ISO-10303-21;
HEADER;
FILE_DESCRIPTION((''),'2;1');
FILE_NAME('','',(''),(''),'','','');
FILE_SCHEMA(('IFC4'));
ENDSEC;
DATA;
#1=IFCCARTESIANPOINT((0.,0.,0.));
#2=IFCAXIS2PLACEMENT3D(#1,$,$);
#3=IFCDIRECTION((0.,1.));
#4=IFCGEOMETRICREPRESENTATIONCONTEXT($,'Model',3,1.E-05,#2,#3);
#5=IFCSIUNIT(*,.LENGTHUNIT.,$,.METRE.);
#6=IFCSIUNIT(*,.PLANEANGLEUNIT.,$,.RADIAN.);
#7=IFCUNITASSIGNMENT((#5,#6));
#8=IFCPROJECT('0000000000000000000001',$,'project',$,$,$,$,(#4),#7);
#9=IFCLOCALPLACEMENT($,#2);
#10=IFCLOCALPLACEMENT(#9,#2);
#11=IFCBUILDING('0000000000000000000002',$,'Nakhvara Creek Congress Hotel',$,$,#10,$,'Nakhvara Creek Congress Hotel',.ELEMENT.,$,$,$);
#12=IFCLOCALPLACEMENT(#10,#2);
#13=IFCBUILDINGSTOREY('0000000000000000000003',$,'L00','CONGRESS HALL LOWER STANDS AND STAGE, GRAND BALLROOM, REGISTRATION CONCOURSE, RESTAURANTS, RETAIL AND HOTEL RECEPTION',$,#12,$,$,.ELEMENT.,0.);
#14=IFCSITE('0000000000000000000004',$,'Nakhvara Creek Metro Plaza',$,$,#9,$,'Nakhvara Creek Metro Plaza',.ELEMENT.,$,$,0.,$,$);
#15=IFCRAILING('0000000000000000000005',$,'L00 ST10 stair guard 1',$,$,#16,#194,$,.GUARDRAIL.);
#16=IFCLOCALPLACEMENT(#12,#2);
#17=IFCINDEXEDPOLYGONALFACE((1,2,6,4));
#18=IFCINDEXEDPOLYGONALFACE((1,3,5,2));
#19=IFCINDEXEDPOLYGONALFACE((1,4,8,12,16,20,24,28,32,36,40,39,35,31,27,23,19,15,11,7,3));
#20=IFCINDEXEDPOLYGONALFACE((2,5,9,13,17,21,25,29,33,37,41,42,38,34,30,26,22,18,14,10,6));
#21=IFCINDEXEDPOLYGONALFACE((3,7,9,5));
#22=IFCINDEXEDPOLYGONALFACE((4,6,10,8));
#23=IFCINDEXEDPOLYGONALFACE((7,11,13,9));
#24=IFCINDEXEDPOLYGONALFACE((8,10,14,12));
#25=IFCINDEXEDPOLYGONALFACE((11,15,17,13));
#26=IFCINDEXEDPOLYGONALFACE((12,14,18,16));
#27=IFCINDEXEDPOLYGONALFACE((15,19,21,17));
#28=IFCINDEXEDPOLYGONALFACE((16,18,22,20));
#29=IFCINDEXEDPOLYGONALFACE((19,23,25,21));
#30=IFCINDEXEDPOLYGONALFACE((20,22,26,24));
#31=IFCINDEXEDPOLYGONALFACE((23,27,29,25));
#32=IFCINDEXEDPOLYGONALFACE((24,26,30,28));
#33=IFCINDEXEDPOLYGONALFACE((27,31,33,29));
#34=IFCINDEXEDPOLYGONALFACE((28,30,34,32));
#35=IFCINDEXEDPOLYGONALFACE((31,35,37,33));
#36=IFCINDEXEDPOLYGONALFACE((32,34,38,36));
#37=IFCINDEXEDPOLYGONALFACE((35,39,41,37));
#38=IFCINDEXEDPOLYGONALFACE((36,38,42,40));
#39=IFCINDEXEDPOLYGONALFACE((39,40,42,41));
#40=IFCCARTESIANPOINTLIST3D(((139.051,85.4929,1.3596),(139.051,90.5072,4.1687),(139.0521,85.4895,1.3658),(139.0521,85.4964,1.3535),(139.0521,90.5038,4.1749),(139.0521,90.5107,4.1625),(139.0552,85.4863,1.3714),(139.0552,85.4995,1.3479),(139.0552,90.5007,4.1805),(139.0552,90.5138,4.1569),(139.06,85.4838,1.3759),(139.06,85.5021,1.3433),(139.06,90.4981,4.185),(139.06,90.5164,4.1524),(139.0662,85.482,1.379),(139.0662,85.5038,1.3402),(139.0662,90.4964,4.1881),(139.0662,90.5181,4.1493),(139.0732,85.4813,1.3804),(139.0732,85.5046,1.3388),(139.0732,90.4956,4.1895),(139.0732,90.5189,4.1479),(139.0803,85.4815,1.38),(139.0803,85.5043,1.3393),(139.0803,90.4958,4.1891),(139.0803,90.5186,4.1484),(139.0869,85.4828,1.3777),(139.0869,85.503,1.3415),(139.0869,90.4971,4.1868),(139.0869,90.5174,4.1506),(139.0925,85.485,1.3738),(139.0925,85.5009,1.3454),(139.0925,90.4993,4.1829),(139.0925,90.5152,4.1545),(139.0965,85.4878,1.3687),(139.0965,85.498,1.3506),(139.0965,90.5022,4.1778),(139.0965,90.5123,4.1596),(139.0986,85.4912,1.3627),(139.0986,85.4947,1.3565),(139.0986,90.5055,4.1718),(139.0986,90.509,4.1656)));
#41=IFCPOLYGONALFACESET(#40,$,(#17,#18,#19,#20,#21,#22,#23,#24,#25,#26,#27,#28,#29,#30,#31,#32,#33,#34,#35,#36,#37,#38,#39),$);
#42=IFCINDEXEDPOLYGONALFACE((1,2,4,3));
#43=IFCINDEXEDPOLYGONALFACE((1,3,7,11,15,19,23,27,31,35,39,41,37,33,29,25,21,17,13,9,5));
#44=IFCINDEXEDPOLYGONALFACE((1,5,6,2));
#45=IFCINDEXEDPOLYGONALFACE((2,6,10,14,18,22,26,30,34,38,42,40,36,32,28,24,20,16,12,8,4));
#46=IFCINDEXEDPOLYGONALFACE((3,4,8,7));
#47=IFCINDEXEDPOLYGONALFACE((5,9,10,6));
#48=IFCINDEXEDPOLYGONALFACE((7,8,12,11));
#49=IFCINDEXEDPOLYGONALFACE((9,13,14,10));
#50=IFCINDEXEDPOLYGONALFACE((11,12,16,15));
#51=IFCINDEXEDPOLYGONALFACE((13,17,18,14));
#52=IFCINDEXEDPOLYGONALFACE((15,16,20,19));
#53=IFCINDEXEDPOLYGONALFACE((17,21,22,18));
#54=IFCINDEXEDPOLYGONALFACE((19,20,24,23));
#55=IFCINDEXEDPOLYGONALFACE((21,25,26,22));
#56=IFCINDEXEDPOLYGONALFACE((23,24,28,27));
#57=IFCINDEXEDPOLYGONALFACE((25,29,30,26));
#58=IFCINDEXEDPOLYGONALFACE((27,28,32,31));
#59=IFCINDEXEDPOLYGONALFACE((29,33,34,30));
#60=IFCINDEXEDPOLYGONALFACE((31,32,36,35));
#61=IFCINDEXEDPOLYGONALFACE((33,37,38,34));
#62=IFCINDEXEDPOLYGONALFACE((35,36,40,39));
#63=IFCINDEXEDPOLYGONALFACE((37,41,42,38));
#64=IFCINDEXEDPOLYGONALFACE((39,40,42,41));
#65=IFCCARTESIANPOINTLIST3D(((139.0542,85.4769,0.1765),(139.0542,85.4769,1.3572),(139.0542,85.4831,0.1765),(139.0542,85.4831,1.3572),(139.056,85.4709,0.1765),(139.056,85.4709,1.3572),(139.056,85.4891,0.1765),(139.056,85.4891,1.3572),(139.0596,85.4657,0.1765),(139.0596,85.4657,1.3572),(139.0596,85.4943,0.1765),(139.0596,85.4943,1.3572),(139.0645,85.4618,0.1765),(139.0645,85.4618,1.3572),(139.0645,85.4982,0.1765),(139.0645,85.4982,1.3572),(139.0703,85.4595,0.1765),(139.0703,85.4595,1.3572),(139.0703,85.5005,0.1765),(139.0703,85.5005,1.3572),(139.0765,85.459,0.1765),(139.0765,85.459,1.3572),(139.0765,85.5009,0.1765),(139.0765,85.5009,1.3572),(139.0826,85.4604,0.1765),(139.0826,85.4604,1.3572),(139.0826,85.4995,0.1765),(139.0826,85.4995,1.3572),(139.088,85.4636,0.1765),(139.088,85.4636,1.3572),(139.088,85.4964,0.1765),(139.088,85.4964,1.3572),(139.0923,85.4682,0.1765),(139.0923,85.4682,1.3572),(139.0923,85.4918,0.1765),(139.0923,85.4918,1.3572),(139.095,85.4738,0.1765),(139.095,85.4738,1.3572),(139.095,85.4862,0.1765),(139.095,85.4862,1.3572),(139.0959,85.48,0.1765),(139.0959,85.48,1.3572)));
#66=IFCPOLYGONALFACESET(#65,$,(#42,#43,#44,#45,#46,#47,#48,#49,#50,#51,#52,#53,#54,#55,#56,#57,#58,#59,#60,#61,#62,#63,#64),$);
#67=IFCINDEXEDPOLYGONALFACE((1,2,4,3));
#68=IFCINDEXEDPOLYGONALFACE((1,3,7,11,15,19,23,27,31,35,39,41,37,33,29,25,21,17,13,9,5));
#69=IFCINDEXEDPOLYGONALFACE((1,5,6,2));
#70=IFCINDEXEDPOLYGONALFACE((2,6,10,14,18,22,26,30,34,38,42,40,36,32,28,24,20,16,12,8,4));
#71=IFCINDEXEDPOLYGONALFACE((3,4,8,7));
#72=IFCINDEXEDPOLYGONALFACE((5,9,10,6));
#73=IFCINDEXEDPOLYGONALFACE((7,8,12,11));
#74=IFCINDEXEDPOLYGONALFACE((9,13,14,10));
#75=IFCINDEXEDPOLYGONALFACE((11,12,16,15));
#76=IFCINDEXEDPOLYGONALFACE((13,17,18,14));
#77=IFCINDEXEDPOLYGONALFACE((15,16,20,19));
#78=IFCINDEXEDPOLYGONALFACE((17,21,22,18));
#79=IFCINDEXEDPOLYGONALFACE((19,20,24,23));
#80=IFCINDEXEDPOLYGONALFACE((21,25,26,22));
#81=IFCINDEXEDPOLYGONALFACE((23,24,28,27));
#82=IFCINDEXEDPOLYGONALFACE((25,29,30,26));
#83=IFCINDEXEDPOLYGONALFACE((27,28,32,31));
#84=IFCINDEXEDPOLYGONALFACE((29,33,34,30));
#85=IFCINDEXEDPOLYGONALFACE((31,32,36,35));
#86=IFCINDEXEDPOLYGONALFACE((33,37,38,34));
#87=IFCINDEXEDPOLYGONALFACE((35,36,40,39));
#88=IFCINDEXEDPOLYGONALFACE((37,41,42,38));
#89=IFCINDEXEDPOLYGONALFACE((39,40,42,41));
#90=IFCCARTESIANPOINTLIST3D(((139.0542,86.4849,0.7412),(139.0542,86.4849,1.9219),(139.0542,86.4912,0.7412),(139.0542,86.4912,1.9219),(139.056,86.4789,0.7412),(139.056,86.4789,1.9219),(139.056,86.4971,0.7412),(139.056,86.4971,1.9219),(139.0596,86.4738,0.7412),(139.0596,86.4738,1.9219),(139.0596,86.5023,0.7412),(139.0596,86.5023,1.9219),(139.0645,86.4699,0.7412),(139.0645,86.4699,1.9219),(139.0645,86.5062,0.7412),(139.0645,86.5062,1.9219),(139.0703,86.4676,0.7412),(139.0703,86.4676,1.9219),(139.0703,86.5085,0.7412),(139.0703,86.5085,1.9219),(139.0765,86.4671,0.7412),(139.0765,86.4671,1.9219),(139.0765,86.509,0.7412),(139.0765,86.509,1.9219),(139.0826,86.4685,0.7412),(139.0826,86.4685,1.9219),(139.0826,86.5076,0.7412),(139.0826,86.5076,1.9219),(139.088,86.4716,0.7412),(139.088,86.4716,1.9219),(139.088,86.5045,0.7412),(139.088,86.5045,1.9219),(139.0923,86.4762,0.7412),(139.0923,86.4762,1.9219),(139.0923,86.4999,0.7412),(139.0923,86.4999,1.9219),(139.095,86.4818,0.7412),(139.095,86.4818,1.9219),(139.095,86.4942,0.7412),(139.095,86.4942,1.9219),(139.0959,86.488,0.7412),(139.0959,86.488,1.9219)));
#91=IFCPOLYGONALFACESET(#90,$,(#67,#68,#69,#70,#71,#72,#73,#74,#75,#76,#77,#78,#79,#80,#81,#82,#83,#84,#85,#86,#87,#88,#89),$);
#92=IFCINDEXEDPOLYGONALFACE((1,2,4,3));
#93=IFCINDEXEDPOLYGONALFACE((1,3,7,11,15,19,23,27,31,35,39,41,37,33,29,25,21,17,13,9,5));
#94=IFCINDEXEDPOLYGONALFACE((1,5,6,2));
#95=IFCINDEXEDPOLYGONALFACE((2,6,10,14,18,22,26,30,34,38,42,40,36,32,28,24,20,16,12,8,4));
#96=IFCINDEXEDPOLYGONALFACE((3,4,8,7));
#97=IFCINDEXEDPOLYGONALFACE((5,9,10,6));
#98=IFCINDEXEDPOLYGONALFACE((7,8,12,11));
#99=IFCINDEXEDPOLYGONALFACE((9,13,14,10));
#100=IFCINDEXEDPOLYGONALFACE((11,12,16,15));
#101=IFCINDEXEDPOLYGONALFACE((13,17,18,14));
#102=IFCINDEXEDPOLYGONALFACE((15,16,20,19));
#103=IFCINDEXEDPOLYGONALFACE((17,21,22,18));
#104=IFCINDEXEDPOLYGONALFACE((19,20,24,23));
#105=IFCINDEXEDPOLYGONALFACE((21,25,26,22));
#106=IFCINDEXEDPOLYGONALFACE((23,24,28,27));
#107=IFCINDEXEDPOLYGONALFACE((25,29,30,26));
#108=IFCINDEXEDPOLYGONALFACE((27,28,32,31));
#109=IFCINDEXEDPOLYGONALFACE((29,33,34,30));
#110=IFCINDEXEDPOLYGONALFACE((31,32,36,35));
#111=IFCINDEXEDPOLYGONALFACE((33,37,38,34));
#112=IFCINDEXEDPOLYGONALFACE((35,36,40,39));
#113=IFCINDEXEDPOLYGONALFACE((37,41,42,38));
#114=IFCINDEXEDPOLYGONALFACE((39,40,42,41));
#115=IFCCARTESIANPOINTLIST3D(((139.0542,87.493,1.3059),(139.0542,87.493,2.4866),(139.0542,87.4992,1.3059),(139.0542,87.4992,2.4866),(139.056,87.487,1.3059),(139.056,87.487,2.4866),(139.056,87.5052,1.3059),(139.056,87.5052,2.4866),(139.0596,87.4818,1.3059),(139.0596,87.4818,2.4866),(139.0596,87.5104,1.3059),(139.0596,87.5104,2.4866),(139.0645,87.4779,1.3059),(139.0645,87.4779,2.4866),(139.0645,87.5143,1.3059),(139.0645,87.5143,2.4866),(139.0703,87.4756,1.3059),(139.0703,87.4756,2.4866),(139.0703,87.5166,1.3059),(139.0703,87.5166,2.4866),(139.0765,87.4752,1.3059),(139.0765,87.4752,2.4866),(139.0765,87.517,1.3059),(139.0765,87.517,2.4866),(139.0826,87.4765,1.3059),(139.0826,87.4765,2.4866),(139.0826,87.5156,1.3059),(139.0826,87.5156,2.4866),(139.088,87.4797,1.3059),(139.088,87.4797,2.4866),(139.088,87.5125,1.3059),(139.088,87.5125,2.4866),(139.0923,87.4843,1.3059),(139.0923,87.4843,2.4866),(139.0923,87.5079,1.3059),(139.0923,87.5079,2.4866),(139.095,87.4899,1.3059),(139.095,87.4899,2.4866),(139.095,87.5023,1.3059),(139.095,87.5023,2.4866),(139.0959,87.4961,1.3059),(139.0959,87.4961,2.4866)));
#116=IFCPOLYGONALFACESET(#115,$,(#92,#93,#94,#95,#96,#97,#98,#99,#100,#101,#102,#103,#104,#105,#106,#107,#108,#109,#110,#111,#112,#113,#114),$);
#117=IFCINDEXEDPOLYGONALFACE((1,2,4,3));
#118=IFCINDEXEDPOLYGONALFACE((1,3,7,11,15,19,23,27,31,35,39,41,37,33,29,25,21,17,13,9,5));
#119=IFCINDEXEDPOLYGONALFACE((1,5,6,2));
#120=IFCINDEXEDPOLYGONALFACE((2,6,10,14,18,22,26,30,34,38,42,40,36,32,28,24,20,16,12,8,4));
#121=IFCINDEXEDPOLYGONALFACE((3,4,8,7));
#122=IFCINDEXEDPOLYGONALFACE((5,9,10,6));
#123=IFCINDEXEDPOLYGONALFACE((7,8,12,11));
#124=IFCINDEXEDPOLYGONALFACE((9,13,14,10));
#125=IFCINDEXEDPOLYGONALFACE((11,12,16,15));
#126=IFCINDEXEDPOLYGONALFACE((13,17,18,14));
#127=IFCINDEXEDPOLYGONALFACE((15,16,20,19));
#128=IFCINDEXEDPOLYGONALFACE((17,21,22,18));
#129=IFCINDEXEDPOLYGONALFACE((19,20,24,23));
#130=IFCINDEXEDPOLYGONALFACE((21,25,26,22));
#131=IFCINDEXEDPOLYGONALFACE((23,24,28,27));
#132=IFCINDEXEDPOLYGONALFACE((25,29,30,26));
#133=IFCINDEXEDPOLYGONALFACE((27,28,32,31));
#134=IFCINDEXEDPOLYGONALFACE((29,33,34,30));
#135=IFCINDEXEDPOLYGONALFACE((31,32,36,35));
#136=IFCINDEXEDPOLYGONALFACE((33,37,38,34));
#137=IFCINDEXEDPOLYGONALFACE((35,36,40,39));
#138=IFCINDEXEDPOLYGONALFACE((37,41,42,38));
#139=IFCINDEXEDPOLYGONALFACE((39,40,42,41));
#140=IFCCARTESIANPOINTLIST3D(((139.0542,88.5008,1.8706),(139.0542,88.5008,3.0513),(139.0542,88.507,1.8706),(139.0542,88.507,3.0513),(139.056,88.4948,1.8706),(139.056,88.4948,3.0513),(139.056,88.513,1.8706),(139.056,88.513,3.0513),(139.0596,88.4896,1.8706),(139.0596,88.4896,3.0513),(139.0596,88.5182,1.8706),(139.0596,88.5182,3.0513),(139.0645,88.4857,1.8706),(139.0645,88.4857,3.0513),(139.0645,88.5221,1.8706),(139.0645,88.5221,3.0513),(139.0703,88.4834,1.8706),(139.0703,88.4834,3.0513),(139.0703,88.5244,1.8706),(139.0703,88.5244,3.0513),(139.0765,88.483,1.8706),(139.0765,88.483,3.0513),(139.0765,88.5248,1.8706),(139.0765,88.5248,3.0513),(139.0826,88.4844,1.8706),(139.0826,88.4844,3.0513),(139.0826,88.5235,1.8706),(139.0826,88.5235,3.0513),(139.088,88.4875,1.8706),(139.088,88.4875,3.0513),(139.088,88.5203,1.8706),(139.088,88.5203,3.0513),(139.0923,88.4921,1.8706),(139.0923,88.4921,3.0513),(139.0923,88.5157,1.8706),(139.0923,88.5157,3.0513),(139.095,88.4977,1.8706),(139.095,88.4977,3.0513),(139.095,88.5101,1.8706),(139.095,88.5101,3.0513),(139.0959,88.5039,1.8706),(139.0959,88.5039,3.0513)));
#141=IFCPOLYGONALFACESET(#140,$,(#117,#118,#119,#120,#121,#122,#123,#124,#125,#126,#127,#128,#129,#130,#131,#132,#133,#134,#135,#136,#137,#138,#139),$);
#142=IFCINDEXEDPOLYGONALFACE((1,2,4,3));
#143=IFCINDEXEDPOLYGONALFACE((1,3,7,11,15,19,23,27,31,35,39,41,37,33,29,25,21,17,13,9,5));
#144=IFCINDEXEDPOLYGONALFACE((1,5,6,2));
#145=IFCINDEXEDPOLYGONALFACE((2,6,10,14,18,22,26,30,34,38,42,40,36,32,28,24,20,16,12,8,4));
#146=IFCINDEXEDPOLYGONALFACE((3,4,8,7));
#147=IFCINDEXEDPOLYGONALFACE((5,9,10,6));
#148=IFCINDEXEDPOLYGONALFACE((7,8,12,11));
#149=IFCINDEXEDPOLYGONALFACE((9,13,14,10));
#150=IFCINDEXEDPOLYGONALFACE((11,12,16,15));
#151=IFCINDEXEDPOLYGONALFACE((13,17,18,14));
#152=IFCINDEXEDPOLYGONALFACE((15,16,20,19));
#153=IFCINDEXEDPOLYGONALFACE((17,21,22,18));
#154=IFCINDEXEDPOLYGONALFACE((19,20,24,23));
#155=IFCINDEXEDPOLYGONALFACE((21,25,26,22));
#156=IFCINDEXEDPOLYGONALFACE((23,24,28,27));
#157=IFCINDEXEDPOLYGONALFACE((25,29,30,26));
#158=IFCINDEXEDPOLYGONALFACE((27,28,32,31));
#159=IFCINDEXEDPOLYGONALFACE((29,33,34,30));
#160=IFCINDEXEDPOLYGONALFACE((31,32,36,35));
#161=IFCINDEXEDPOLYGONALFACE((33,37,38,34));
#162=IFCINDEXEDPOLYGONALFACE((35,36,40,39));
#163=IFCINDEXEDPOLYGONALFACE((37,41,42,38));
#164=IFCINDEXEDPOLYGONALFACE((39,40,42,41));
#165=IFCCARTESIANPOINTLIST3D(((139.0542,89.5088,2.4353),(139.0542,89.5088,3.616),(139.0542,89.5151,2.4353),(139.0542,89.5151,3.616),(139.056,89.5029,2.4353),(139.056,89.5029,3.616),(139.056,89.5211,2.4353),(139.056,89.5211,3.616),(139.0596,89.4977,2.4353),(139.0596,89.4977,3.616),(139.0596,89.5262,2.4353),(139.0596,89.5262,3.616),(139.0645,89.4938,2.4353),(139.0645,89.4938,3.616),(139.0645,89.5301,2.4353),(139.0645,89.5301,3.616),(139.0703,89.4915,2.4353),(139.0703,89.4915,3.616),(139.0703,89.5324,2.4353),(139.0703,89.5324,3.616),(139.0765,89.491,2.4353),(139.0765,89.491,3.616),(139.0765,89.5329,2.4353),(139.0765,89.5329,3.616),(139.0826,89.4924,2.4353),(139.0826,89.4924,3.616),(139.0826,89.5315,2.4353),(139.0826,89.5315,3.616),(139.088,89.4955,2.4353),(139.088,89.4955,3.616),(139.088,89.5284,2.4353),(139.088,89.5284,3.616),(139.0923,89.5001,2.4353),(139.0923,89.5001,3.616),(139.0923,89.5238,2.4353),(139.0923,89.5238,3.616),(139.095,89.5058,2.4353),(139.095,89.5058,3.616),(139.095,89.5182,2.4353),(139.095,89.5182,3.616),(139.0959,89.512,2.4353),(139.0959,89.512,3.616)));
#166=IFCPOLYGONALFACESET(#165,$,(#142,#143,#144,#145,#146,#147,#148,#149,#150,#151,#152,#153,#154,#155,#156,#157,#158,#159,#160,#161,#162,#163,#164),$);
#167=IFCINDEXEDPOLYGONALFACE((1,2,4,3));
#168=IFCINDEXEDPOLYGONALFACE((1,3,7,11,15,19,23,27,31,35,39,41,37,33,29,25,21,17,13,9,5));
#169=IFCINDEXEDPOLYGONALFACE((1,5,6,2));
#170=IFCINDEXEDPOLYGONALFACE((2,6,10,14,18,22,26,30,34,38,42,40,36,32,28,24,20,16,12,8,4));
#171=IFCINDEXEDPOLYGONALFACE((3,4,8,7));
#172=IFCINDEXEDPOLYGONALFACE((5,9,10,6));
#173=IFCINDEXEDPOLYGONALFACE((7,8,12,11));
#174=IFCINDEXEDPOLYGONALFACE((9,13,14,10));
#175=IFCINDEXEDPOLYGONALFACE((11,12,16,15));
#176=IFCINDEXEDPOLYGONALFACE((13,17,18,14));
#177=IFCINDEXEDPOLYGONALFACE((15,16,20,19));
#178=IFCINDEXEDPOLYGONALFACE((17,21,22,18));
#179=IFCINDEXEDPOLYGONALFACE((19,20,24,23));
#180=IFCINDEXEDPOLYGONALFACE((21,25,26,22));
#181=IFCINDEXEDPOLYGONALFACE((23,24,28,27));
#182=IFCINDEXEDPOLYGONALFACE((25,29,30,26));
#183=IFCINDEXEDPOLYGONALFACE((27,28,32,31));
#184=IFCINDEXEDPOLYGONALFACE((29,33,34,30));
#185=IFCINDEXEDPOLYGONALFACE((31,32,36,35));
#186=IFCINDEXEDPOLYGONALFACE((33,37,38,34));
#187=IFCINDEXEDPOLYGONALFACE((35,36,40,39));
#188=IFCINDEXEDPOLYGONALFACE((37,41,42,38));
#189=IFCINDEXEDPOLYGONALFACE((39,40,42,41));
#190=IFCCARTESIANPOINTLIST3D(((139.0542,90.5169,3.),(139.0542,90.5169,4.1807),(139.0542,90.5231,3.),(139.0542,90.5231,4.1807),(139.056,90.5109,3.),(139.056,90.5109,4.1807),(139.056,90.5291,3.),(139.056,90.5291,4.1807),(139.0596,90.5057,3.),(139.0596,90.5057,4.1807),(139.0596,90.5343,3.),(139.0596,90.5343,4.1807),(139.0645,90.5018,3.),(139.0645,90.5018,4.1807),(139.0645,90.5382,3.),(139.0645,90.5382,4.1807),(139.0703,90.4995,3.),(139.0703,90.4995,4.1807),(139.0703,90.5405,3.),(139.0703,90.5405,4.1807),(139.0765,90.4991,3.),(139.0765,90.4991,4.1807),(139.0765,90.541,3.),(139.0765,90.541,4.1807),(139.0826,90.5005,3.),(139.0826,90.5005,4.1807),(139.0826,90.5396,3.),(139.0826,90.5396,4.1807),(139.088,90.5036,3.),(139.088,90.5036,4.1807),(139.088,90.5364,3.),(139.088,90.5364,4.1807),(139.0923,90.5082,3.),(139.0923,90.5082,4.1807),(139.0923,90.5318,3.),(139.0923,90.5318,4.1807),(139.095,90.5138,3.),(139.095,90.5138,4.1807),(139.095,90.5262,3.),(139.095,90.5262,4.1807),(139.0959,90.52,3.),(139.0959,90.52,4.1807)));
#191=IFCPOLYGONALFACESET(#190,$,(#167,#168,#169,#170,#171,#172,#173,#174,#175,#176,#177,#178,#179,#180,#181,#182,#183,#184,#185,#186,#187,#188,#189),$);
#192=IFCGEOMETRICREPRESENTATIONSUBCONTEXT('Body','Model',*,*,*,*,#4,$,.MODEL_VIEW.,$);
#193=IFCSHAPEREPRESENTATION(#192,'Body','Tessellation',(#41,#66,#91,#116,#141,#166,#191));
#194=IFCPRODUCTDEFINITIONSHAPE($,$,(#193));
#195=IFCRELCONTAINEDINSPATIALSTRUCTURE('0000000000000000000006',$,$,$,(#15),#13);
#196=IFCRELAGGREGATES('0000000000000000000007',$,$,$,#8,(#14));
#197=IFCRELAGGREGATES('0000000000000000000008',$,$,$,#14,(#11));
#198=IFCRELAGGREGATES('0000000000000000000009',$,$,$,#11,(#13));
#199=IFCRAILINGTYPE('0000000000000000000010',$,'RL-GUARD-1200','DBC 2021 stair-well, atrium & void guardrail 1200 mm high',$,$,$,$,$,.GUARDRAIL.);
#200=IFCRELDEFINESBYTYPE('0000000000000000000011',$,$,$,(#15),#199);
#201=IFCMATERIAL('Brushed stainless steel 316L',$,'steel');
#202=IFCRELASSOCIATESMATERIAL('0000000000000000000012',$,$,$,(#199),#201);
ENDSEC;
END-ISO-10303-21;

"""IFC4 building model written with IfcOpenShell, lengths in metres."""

from ifc_helpers import new_model, si_unit, direction, frame, origin, origin_2d, place, context, subcontext, project, spatial, circle, extrude, material, type_object, element, save


model = new_model("IFC4")

# Units and contexts
model_context = context("Model", 3, precision=1e-05, world=origin(), true_north=direction((0.0, 1.0)))
body_context = subcontext(model_context, "Body", "Model", "MODEL_VIEW")
ifc_project = project(units=[si_unit("LENGTHUNIT", "METRE"), si_unit("PLANEANGLEUNIT", "RADIAN")], contexts=[model_context])

# Site, building, storey
site_placement = place(None, origin())
site = spatial("IfcSite", under=ifc_project, at=site_placement, Name="Nakhvara Creek Metro Plaza", LongName="Nakhvara Creek Metro Plaza", CompositionType="ELEMENT", RefElevation=0.0)
building_placement = place(site_placement, origin())
building = spatial("IfcBuilding", under=site, at=building_placement, Name="Nakhvara Creek Congress Hotel", LongName="Nakhvara Creek Congress Hotel", CompositionType="ELEMENT")
storey_placement = place(building_placement, origin())
storey = spatial("IfcBuildingStorey", under=building, at=storey_placement, Name="L00", Description="CONGRESS HALL LOWER STANDS AND STAGE, GRAND BALLROOM, REGISTRATION CONCOURSE, RESTAURANTS, RETAIL AND HOTEL RECEPTION", CompositionType="ELEMENT", Elevation=0.0)

# Railing
ifc_material_1 = material(Name="Brushed stainless steel 316L", Category="steel")
railing_type_1 = type_object("IfcRailingType", Name="RL-GUARD-1200", Description="DBC 2021 stair-well, atrium & void guardrail 1200 mm high", PredefinedType="GUARDRAIL", material=ifc_material_1)
railing_1_placement = place(storey_placement, frame((139.075, 85.48, 0.1765)))
element("IfcRailing", 1, at=railing_1_placement, inside=storey, type_object=railing_type_1, Name="L00 ST10 stair guard 1", PredefinedType="GUARDRAIL", context=body_context, shape_type="SweptSolid", body=[
    extrude(circle(Radius=0.0239, at=origin_2d()), frame((0.0, 0.0129, 1.1831), z_axis=(0.0, 0.872427, 0.488744), x_axis=(-1.0, 0.0, 0.0)), (0.0, 0.0, 1.0), 5.7476),
    extrude(circle(Radius=0.021, at=origin_2d()), origin(), (0.0, 0.0, 1.0), 1.1807),
    extrude(circle(Radius=0.021, at=origin_2d()), frame((0.0, 1.0081, 0.5647)), (0.0, 0.0, 1.0), 1.1807),
    extrude(circle(Radius=0.021, at=origin_2d()), frame((0.0, 2.0161, 1.1294)), (0.0, 0.0, 1.0), 1.1807),
    extrude(circle(Radius=0.021, at=origin_2d()), frame((0.0, 3.0239, 1.6941)), (0.0, 0.0, 1.0), 1.1807),
    extrude(circle(Radius=0.021, at=origin_2d()), frame((0.0, 4.032, 2.2588)), (0.0, 0.0, 1.0), 1.1807),
    extrude(circle(Radius=0.021, at=origin_2d()), frame((0.0, 5.04, 2.8235)), (0.0, 0.0, 1.0), 1.1807),
])

save(model, "model.ifc")
